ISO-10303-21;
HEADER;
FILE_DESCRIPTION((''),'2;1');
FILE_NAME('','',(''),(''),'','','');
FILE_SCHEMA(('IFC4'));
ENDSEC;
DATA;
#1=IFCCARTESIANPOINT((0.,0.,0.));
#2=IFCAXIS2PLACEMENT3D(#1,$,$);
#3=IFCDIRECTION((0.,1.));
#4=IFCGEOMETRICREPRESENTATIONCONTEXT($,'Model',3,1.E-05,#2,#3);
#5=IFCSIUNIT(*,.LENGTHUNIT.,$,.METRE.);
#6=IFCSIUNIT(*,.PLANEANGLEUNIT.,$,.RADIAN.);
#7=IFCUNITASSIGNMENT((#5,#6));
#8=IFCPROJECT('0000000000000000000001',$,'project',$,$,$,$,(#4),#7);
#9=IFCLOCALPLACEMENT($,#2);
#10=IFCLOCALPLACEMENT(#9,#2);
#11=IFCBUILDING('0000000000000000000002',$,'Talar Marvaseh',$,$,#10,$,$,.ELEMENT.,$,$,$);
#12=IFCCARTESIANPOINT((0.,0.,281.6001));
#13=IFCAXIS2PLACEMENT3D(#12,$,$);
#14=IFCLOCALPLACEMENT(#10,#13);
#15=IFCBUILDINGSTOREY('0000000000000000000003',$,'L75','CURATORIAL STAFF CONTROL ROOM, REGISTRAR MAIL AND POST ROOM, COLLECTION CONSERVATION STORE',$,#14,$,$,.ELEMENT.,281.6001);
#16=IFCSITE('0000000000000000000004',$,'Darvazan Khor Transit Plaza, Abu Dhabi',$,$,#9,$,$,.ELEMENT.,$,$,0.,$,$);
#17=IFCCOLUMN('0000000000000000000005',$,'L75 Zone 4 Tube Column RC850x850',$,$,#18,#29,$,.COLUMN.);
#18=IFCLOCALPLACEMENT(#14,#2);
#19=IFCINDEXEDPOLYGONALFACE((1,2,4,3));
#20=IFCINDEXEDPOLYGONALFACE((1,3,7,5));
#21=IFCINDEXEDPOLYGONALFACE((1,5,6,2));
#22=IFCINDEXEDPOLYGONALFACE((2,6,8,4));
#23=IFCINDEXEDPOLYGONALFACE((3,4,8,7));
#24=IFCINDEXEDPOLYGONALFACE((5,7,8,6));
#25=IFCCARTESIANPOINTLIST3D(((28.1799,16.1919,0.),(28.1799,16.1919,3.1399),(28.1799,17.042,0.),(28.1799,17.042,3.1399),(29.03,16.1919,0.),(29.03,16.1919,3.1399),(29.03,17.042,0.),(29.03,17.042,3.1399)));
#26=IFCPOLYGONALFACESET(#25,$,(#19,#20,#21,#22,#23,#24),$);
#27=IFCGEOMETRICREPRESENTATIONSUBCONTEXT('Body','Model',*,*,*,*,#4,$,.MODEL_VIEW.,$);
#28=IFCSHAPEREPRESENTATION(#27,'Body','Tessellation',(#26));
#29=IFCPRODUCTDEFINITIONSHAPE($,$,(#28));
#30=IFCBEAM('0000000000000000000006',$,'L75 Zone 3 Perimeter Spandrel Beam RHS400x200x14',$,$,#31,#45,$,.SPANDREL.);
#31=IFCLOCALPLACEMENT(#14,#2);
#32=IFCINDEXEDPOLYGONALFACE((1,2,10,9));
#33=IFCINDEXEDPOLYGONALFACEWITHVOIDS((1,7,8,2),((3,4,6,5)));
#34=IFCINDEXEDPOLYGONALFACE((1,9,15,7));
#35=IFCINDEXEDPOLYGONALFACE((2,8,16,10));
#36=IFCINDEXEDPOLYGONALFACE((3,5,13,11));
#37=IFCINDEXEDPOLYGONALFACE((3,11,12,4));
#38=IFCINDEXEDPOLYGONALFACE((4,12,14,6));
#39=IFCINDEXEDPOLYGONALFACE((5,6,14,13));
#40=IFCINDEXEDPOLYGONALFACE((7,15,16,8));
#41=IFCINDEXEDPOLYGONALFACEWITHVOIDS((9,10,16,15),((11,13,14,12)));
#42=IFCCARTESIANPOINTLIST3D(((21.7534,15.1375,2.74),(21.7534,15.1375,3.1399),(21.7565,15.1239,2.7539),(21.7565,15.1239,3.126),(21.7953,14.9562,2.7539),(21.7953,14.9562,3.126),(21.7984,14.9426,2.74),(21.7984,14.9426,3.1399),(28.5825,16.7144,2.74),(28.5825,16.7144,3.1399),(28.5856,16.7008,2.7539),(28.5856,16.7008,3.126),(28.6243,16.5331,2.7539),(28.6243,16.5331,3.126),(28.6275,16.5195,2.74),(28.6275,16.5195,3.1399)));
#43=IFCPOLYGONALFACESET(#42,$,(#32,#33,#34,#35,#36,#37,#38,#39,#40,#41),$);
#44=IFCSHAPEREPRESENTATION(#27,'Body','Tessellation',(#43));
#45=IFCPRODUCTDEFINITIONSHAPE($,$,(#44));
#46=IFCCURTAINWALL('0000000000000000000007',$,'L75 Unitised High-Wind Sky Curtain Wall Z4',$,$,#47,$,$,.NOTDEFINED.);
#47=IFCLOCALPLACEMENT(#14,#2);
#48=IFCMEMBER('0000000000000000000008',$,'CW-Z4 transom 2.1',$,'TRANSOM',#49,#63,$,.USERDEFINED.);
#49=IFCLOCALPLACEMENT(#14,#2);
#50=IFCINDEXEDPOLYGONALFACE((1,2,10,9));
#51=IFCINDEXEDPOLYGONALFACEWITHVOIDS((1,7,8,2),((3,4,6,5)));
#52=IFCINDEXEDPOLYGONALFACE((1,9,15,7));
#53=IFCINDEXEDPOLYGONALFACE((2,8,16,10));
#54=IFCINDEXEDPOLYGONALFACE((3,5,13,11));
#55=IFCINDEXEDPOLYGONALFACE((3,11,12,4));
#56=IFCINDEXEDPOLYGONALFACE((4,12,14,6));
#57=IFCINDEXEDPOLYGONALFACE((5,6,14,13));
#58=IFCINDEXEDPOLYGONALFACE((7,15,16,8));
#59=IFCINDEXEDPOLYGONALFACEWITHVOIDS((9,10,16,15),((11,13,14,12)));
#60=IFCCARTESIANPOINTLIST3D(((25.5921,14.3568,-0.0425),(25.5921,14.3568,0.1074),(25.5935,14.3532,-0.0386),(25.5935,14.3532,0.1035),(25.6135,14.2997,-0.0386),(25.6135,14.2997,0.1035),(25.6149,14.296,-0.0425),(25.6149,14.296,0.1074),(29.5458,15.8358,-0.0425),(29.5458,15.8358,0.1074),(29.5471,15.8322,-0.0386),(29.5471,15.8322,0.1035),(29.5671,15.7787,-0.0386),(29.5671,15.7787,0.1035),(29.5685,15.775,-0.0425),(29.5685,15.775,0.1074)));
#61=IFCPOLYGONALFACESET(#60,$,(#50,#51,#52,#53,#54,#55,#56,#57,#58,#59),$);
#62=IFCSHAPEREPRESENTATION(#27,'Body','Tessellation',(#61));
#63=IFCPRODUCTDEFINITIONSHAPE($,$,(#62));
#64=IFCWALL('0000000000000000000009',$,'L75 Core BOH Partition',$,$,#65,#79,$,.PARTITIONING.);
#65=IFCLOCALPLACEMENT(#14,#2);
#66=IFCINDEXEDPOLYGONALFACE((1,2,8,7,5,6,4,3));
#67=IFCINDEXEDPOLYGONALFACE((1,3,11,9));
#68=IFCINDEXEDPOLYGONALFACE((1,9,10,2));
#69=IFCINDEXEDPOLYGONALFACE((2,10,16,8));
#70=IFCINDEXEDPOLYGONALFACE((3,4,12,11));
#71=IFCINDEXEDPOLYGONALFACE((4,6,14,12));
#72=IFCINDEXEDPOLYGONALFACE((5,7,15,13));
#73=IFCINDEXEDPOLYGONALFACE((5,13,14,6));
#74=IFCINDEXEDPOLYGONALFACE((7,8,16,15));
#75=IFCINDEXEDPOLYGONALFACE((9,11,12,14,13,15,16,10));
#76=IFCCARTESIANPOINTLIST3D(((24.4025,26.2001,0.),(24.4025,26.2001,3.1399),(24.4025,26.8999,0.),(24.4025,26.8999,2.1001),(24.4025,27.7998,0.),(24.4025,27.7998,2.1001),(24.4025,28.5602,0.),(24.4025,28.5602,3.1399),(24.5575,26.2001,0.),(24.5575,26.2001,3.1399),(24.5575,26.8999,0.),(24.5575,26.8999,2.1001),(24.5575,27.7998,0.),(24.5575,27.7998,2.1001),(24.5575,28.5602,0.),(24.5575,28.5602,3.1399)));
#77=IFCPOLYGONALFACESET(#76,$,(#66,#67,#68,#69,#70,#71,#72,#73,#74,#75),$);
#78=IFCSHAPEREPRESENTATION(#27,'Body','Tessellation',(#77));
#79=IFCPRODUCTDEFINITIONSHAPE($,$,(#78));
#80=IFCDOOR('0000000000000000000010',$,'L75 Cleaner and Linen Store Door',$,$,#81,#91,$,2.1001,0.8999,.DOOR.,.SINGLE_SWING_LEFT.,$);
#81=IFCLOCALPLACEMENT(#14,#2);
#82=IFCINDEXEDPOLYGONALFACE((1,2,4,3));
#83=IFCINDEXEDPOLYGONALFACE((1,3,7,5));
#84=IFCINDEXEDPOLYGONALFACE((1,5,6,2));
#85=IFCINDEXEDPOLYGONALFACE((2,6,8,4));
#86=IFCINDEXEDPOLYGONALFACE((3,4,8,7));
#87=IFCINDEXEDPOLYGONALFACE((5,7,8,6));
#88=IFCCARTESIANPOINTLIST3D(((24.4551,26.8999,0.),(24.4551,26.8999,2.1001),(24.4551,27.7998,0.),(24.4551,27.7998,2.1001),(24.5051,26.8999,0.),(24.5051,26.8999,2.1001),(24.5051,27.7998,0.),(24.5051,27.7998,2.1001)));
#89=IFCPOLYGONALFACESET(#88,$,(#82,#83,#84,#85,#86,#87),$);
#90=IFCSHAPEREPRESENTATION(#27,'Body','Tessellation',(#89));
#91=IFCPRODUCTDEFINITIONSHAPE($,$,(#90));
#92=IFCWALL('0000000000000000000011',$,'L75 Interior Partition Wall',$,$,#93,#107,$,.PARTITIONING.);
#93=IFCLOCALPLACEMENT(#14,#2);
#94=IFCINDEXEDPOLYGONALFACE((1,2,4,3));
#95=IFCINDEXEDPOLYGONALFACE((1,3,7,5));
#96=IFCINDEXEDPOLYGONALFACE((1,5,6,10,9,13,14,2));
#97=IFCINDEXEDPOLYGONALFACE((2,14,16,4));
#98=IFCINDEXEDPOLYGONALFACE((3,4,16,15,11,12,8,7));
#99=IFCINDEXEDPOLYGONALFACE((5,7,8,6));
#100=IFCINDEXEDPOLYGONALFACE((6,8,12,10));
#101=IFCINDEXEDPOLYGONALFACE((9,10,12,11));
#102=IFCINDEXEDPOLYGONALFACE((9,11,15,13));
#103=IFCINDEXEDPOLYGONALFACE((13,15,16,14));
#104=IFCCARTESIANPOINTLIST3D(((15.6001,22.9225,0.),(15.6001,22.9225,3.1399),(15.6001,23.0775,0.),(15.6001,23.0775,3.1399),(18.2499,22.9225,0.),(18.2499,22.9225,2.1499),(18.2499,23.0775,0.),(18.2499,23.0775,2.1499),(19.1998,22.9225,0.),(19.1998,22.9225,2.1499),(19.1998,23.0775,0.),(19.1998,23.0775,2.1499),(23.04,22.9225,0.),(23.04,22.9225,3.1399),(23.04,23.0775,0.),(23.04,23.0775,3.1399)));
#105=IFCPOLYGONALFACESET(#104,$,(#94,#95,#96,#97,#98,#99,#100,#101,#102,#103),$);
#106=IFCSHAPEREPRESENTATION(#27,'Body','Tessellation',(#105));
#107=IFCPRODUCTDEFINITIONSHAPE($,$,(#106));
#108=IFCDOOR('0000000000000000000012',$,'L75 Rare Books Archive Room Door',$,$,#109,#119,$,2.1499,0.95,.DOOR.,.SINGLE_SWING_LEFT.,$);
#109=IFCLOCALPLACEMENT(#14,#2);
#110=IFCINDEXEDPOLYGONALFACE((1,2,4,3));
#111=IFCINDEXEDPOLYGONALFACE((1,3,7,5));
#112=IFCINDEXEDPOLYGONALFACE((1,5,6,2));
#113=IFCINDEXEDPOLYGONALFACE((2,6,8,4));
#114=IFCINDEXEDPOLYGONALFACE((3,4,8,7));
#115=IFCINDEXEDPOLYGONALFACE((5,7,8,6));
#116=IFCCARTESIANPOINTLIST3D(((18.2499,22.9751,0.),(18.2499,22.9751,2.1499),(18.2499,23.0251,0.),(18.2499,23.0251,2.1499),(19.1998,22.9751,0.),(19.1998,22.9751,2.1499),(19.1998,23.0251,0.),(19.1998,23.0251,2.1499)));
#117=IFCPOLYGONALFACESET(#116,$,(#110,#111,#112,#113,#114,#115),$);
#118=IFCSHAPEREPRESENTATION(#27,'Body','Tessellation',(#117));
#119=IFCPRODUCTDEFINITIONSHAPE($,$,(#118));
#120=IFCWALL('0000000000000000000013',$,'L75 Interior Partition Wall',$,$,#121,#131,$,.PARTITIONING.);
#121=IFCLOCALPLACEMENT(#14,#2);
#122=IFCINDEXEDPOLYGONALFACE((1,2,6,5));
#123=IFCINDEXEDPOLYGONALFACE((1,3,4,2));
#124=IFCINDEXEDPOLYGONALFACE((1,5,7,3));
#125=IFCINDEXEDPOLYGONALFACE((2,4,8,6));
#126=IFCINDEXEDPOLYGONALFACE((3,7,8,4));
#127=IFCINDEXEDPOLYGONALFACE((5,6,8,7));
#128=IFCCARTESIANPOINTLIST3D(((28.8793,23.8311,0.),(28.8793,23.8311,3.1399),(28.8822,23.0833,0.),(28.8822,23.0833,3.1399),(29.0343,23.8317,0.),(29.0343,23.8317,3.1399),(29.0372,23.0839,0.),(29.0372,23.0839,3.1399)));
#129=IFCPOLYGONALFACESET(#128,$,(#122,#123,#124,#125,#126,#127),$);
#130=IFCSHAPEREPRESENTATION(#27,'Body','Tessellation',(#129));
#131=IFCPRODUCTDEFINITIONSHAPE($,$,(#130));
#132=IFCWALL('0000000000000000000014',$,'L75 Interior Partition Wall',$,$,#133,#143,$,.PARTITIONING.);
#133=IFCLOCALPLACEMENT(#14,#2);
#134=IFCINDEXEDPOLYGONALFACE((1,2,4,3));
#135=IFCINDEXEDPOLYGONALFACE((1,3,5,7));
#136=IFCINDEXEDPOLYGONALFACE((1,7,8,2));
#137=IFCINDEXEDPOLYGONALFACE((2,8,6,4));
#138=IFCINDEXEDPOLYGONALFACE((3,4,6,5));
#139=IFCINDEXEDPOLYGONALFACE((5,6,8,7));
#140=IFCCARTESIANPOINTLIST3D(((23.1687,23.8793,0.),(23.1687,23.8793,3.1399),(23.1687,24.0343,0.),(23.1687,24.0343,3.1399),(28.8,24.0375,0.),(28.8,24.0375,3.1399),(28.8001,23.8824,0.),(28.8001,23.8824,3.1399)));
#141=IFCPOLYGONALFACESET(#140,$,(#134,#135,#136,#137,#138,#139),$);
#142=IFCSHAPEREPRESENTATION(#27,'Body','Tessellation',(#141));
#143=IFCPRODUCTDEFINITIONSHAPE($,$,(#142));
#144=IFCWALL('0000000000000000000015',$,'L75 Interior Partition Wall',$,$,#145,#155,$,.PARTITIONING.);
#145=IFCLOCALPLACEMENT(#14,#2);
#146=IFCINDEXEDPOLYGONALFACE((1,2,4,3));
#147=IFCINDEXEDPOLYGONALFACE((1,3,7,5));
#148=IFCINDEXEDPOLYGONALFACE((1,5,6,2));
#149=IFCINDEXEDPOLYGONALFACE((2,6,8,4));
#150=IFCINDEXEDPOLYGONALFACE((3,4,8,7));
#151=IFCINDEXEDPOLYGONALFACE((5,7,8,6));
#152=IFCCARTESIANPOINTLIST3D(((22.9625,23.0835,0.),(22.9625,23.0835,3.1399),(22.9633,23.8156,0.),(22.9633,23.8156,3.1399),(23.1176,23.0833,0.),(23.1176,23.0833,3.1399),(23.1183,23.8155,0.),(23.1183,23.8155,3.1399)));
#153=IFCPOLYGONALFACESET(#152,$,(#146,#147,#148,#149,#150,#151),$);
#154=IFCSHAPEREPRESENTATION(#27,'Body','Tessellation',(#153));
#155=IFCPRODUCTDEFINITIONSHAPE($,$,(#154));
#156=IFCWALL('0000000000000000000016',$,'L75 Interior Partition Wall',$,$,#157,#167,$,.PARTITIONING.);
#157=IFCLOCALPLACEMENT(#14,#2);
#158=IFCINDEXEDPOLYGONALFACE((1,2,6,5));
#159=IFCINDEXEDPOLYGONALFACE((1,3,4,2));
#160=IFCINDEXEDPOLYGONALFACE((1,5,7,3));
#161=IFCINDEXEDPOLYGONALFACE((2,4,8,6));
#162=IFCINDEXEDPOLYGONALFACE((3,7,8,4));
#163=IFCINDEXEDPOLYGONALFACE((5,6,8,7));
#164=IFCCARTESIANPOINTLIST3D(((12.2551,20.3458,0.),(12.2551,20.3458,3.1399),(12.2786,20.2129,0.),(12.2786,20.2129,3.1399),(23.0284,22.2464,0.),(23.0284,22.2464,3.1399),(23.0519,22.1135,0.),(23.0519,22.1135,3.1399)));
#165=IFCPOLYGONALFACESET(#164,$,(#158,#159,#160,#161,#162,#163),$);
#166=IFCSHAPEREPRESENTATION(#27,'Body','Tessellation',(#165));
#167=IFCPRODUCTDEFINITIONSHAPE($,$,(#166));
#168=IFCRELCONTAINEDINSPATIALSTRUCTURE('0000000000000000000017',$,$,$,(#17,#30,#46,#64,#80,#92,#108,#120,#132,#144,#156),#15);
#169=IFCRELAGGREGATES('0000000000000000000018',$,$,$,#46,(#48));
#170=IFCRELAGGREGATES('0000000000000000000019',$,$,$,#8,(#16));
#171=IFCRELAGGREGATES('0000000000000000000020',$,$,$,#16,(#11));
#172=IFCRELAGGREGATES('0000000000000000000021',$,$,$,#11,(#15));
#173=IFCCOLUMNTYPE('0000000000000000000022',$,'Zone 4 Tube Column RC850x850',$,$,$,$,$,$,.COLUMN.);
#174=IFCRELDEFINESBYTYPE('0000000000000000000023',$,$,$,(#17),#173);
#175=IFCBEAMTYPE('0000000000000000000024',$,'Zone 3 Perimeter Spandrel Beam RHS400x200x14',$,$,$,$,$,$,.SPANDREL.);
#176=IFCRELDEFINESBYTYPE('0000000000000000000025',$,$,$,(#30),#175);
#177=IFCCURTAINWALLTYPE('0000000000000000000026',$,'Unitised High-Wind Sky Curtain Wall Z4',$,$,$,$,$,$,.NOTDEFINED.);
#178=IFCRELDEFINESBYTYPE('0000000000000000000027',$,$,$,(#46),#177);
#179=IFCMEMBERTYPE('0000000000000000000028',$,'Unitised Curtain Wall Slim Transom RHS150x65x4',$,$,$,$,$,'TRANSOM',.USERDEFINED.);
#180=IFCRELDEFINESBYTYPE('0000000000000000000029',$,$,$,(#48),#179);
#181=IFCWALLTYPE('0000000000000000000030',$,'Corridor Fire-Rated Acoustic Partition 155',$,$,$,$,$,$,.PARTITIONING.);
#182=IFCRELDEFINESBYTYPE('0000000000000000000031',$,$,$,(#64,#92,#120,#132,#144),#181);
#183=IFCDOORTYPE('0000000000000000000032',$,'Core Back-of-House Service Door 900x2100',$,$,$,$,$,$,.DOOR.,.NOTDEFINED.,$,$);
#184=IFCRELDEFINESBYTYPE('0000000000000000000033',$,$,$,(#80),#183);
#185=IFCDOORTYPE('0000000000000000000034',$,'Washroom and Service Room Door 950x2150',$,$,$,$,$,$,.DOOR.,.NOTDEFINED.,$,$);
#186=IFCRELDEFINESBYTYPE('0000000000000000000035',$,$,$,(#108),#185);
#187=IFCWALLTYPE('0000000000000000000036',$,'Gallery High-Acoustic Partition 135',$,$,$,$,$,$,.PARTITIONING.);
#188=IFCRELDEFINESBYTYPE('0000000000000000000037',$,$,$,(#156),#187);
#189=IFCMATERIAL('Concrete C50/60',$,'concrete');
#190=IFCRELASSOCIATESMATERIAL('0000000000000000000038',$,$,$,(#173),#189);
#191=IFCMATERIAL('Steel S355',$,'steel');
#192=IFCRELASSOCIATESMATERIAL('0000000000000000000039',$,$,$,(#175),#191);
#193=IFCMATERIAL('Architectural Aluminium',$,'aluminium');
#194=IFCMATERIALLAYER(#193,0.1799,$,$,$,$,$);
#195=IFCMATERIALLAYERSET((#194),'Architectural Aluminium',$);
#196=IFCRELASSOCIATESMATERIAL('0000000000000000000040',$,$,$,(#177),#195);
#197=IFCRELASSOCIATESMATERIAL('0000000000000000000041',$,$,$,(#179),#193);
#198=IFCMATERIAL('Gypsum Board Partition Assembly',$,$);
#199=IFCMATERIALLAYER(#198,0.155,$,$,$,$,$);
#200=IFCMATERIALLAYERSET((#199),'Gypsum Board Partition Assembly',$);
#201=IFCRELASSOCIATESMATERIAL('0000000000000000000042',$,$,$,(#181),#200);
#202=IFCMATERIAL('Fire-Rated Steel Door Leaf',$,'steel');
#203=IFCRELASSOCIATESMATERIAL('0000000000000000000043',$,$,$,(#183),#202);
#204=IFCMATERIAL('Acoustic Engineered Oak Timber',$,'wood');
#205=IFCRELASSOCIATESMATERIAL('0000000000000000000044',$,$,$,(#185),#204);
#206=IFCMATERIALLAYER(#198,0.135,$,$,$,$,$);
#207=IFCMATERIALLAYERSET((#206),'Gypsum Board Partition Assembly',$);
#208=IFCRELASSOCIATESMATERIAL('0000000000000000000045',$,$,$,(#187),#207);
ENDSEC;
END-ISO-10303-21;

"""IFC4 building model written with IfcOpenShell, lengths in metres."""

from ifc_helpers import new_model, si_unit, direction, frame, frame_2d, origin, origin_2d, place, context, subcontext, project, spatial, rectangle, hollow_rectangle, extrude, source, transform, mapped, material, layer, layer_set, material_profile, profile_set, type_object, type_shapes, element, fill, aggregate, save


model = new_model("IFC4")

# Units and contexts
model_context = context("Model", 3, precision=1e-05, world=origin(), true_north=direction((0.0, 1.0)))
body_context = subcontext(model_context, "Body", "Model", "MODEL_VIEW")
ifc_project = project(units=[si_unit("LENGTHUNIT", "METRE"), si_unit("PLANEANGLEUNIT", "RADIAN")], contexts=[model_context])

# Site, building, storey
site_placement = place(None, origin())
site = spatial("IfcSite", under=ifc_project, at=site_placement, Name="Darvazan Khor Transit Plaza, Abu Dhabi", CompositionType="ELEMENT", RefElevation=0.0)
building_placement = place(site_placement, origin())
building = spatial("IfcBuilding", under=site, at=building_placement, Name="Talar Marvaseh", CompositionType="ELEMENT")
storey_placement = place(building_placement, frame((0.0, 0.0, 281.6001)))
storey = spatial("IfcBuildingStorey", under=building, at=storey_placement, Name="L75", Description="CURATORIAL STAFF CONTROL ROOM, REGISTRAR MAIL AND POST ROOM, COLLECTION CONSERVATION STORE", CompositionType="ELEMENT", Elevation=281.6001)

# Column
ifc_material_1 = material(Name="Concrete C50/60", Category="concrete")
ifc_material_profile_1 = material_profile(ifc_material_1, rectangle(XDim=0.8501, YDim=0.8501, at=origin_2d()), Name="RC850x850")
ifc_profile_set_1 = profile_set([ifc_material_profile_1], Name="Concrete C50/60")
column_type = type_object("IfcColumnType", Name="Zone 4 Tube Column RC850x850", PredefinedType="COLUMN", material=ifc_profile_set_1)
column_placement = place(storey_placement, frame((28.605, 16.6169, 0.0), z_axis=(0.0, 0.0, 1.0), x_axis=(1.0, 0.0, 0.0)))
element("IfcColumn", 1, at=column_placement, inside=storey, type_object=column_type, Name="L75 Zone 4 Tube Column RC850x850", PredefinedType="COLUMN", context=body_context, shape_type="SweptSolid", body=[
    extrude(rectangle(XDim=0.8501, YDim=0.8501, at=origin_2d()), origin(), (0.0, 0.0, 1.0), 3.1399),
])

# Beam
ifc_material_2 = material(Name="Steel S355", Category="steel")
ifc_material_profile_2 = material_profile(ifc_material_2, hollow_rectangle(XDim=0.2, YDim=0.3999, WallThickness=0.0139, at=origin_2d()), Name="RHS400x200x14")
ifc_profile_set_2 = profile_set([ifc_material_profile_2], Name="Steel S355")
beam_type = type_object("IfcBeamType", Name="Zone 3 Perimeter Spandrel Beam RHS400x200x14", PredefinedType="SPANDREL", material=ifc_profile_set_2)
beam_placement = place(storey_placement, frame((28.605, 16.6169, 2.9399), z_axis=(-0.974361, -0.224989, 0.0), x_axis=(0.224989, -0.974361, 0.0)))
element("IfcBeam", 2, at=beam_placement, inside=storey, type_object=beam_type, Name="L75 Zone 3 Perimeter Spandrel Beam RHS400x200x14", PredefinedType="SPANDREL", context=body_context, shape_type="SweptSolid", body=[
    extrude(hollow_rectangle(XDim=0.2, YDim=0.3999, WallThickness=0.0139, at=origin_2d()), origin(), (0.0, 0.0, 1.0), 7.0088),
])

# Curtain wall, member
ifc_material_3 = material(Name="Architectural Aluminium", Category="aluminium")
ifc_layer_1 = layer(ifc_material_3, 0.1799)
ifc_layer_set_1 = layer_set([ifc_layer_1], Name="Architectural Aluminium")
curtain_wall_type = type_object("IfcCurtainWallType", Name="Unitised High-Wind Sky Curtain Wall Z4", PredefinedType="NOTDEFINED", material=ifc_layer_set_1)
curtain_wall_placement = place(storey_placement, origin())
curtain_wall = element("IfcCurtainWall", 3, at=curtain_wall_placement, inside=storey, type_object=curtain_wall_type, Name="L75 Unitised High-Wind Sky Curtain Wall Z4", PredefinedType="NOTDEFINED")
ifc_material_profile_3 = material_profile(ifc_material_3, hollow_rectangle(XDim=0.0649, YDim=0.1499, WallThickness=0.0039, at=origin_2d()), Name="RHS150x65x4")
ifc_profile_set_3 = profile_set([ifc_material_profile_3], Name="Architectural Aluminium")
member_type = type_object("IfcMemberType", Name="Unitised Curtain Wall Slim Transom RHS150x65x4", ElementType="TRANSOM", PredefinedType="USERDEFINED", material=ifc_profile_set_3)
shared_shape_1 = source(origin(), body_context, "Body", "SweptSolid", [
    extrude(hollow_rectangle(XDim=0.0649, YDim=0.1499, WallThickness=0.0039, at=origin_2d()), origin(), (0.0, 0.0, 1.0), 4.2212),
])
type_shapes(member_type, [shared_shape_1])
member_placement = place(storey_placement, frame((29.5571, 15.8054, 0.0325), z_axis=(-0.936609, -0.350375, 0.0), x_axis=(0.350375, -0.936609, 0.0)))
member = element("IfcMember", 4, at=member_placement, type_object=member_type, Name="CW-Z4 transom 2.1", ObjectType="TRANSOM", PredefinedType="USERDEFINED", context=body_context, shape_type="MappedRepresentation", body=[
    mapped(shared_shape_1, transform((0.0, 0.0, 0.0), x_axis=(1.0, 0.0, 0.0), y_axis=(0.0, 1.0, 0.0), z_axis=(0.0, 0.0, 1.0), scale=1.0)),
])
aggregate(curtain_wall, [member])

# Walls, openings, doors
ifc_material_4 = material(Name="Gypsum Board Partition Assembly")
ifc_layer_2 = layer(ifc_material_4, 0.155)
ifc_layer_set_2 = layer_set([ifc_layer_2], Name="Gypsum Board Partition Assembly")
wall_type_1 = type_object("IfcWallType", Name="Corridor Fire-Rated Acoustic Partition 155", PredefinedType="PARTITIONING", material=ifc_layer_set_2)
wall_1_placement = place(storey_placement, frame((24.48, 26.2, 0.0), z_axis=(0.0, 0.0, 1.0), x_axis=(0.0, 1.0, 0.0)))
wall_1 = element("IfcWall", 5, at=wall_1_placement, inside=storey, type_object=wall_type_1, Name="L75 Core BOH Partition", PredefinedType="PARTITIONING", context=body_context, shape_type="SweptSolid", body=[
    extrude(rectangle(XDim=2.3601, YDim=0.155, at=frame_2d((1.1802, 0.0))), origin(), (0.0, 0.0, 1.0), 3.1399),
])
opening_1_placement = place(wall_1_placement, frame((0.7, 0.0, 0.0)))
opening_1 = element("IfcOpeningElement", 6, at=opening_1_placement, cuts=wall_1, PredefinedType="OPENING", context=body_context, shape_type="SweptSolid", body=[
    extrude(rectangle(XDim=0.8999, YDim=2.1001, at=frame_2d((0.45, 1.05))), frame((0.0, 0.0874, 0.0), z_axis=(0.0, -1.0, 0.0), x_axis=(1.0, 0.0, 0.0)), (0.0, 0.0, 1.0), 0.175),
])
ifc_material_5 = material(Name="Fire-Rated Steel Door Leaf", Category="steel")
door_type_1 = type_object("IfcDoorType", Name="Core Back-of-House Service Door 900x2100", OperationType="NOTDEFINED", PredefinedType="DOOR", material=ifc_material_5)
shared_shape_2 = source(origin(), body_context, "Body", "SweptSolid", [
    extrude(rectangle(XDim=0.8999, YDim=2.1001, at=frame_2d((0.45, 1.05))), frame((0.0, 0.0249, 0.0), z_axis=(0.0, -1.0, 0.0), x_axis=(1.0, 0.0, 0.0)), (0.0, 0.0, 1.0), 0.05),
])
type_shapes(door_type_1, [shared_shape_2])
door_1_placement = place(opening_1_placement, origin())
door_1 = element("IfcDoor", 7, at=door_1_placement, inside=storey, type_object=door_type_1, Name="L75 Cleaner and Linen Store Door", OperationType="SINGLE_SWING_LEFT", OverallHeight=2.1001, OverallWidth=0.8999, PredefinedType="DOOR", context=body_context, shape_type="MappedRepresentation", body=[
    mapped(shared_shape_2, transform((0.0, 0.0, 0.0), x_axis=(1.0, 0.0, 0.0), y_axis=(0.0, 1.0, 0.0), z_axis=(0.0, 0.0, 1.0), scale=1.0)),
])
fill(opening_1, door_1)
wall_2_placement = place(storey_placement, frame((23.04, 23.0, 0.0), z_axis=(0.0, 0.0, 1.0), x_axis=(-1.0, 0.0, 0.0)))
wall_2 = element("IfcWall", 8, at=wall_2_placement, inside=storey, type_object=wall_type_1, Name="L75 Interior Partition Wall", PredefinedType="PARTITIONING", context=body_context, shape_type="SweptSolid", body=[
    extrude(rectangle(XDim=7.4399, YDim=0.155, at=frame_2d((3.72, 0.0))), origin(), (0.0, 0.0, 1.0), 3.1399),
])
opening_2_placement = place(wall_2_placement, frame((3.8401, 0.0, 0.0)))
opening_2 = element("IfcOpeningElement", 9, at=opening_2_placement, cuts=wall_2, PredefinedType="OPENING", context=body_context, shape_type="SweptSolid", body=[
    extrude(rectangle(XDim=0.95, YDim=2.1499, at=frame_2d((0.4751, 1.075))), frame((0.0, 0.0874, 0.0), z_axis=(0.0, -1.0, 0.0), x_axis=(1.0, 0.0, 0.0)), (0.0, 0.0, 1.0), 0.175),
])
ifc_material_6 = material(Name="Acoustic Engineered Oak Timber", Category="wood")
door_type_2 = type_object("IfcDoorType", Name="Washroom and Service Room Door 950x2150", OperationType="NOTDEFINED", PredefinedType="DOOR", material=ifc_material_6)
shared_shape_3 = source(origin(), body_context, "Body", "SweptSolid", [
    extrude(rectangle(XDim=0.95, YDim=2.1499, at=frame_2d((0.4751, 1.075))), frame((0.0, 0.0249, 0.0), z_axis=(0.0, -1.0, 0.0), x_axis=(1.0, 0.0, 0.0)), (0.0, 0.0, 1.0), 0.05),
])
type_shapes(door_type_2, [shared_shape_3])
door_2_placement = place(opening_2_placement, origin())
door_2 = element("IfcDoor", 10, at=door_2_placement, inside=storey, type_object=door_type_2, Name="L75 Rare Books Archive Room Door", OperationType="SINGLE_SWING_LEFT", OverallHeight=2.1499, OverallWidth=0.95, PredefinedType="DOOR", context=body_context, shape_type="MappedRepresentation", body=[
    mapped(shared_shape_3, transform((0.0, 0.0, 0.0), x_axis=(1.0, 0.0, 0.0), y_axis=(0.0, 1.0, 0.0), z_axis=(0.0, 0.0, 1.0), scale=1.0)),
])
fill(opening_2, door_2)

# Walls
wall_3_placement = place(storey_placement, frame((28.9597, 23.0835, 0.0), z_axis=(0.0, 0.0, 1.0), x_axis=(-0.003918, 0.999992, 0.0)))
element("IfcWall", 11, at=wall_3_placement, inside=storey, type_object=wall_type_1, Name="L75 Interior Partition Wall", PredefinedType="PARTITIONING", context=body_context, shape_type="SweptSolid", body=[
    extrude(rectangle(XDim=0.7478, YDim=0.155, at=frame_2d((0.374, 0.0))), origin(), (0.0, 0.0, 1.0), 3.1399),
])
wall_4_placement = place(storey_placement, frame((28.8, 23.96, 0.0), z_axis=(0.0, 0.0, 1.0), x_axis=(-1.0, -0.000564, 0.0)))
element("IfcWall", 12, at=wall_4_placement, inside=storey, type_object=wall_type_1, Name="L75 Interior Partition Wall", PredefinedType="PARTITIONING", context=body_context, shape_type="SweptSolid", body=[
    extrude(rectangle(XDim=5.6313, YDim=0.155, at=frame_2d((2.8157, 0.0))), origin(), (0.0, 0.0, 1.0), 3.1399),
])
wall_5_placement = place(storey_placement, frame((23.0408, 23.8157, 0.0), z_axis=(0.0, 0.0, 1.0), x_axis=(-0.001, -0.999999, 0.0)))
element("IfcWall", 13, at=wall_5_placement, inside=storey, type_object=wall_type_1, Name="L75 Interior Partition Wall", PredefinedType="PARTITIONING", context=body_context, shape_type="SweptSolid", body=[
    extrude(rectangle(XDim=0.7322, YDim=0.155, at=frame_2d((0.3662, 0.0))), origin(), (0.0, 0.0, 1.0), 3.1399),
])
ifc_layer_3 = layer(ifc_material_4, 0.135)
ifc_layer_set_3 = layer_set([ifc_layer_3], Name="Gypsum Board Partition Assembly")
wall_type_2 = type_object("IfcWallType", Name="Gallery High-Acoustic Partition 135", PredefinedType="PARTITIONING", material=ifc_layer_set_3)
wall_6_placement = place(storey_placement, frame((23.04, 22.1799, 0.0), z_axis=(0.0, 0.0, 1.0), x_axis=(-0.984792, -0.173736, 0.0)))
element("IfcWall", 14, at=wall_6_placement, inside=storey, type_object=wall_type_2, Name="L75 Interior Partition Wall", PredefinedType="PARTITIONING", context=body_context, shape_type="SweptSolid", body=[
    extrude(rectangle(XDim=10.9397, YDim=0.135, at=frame_2d((5.4697, 0.0))), origin(), (0.0, 0.0, 1.0), 3.1399),
])

save(model, "model.ifc")
